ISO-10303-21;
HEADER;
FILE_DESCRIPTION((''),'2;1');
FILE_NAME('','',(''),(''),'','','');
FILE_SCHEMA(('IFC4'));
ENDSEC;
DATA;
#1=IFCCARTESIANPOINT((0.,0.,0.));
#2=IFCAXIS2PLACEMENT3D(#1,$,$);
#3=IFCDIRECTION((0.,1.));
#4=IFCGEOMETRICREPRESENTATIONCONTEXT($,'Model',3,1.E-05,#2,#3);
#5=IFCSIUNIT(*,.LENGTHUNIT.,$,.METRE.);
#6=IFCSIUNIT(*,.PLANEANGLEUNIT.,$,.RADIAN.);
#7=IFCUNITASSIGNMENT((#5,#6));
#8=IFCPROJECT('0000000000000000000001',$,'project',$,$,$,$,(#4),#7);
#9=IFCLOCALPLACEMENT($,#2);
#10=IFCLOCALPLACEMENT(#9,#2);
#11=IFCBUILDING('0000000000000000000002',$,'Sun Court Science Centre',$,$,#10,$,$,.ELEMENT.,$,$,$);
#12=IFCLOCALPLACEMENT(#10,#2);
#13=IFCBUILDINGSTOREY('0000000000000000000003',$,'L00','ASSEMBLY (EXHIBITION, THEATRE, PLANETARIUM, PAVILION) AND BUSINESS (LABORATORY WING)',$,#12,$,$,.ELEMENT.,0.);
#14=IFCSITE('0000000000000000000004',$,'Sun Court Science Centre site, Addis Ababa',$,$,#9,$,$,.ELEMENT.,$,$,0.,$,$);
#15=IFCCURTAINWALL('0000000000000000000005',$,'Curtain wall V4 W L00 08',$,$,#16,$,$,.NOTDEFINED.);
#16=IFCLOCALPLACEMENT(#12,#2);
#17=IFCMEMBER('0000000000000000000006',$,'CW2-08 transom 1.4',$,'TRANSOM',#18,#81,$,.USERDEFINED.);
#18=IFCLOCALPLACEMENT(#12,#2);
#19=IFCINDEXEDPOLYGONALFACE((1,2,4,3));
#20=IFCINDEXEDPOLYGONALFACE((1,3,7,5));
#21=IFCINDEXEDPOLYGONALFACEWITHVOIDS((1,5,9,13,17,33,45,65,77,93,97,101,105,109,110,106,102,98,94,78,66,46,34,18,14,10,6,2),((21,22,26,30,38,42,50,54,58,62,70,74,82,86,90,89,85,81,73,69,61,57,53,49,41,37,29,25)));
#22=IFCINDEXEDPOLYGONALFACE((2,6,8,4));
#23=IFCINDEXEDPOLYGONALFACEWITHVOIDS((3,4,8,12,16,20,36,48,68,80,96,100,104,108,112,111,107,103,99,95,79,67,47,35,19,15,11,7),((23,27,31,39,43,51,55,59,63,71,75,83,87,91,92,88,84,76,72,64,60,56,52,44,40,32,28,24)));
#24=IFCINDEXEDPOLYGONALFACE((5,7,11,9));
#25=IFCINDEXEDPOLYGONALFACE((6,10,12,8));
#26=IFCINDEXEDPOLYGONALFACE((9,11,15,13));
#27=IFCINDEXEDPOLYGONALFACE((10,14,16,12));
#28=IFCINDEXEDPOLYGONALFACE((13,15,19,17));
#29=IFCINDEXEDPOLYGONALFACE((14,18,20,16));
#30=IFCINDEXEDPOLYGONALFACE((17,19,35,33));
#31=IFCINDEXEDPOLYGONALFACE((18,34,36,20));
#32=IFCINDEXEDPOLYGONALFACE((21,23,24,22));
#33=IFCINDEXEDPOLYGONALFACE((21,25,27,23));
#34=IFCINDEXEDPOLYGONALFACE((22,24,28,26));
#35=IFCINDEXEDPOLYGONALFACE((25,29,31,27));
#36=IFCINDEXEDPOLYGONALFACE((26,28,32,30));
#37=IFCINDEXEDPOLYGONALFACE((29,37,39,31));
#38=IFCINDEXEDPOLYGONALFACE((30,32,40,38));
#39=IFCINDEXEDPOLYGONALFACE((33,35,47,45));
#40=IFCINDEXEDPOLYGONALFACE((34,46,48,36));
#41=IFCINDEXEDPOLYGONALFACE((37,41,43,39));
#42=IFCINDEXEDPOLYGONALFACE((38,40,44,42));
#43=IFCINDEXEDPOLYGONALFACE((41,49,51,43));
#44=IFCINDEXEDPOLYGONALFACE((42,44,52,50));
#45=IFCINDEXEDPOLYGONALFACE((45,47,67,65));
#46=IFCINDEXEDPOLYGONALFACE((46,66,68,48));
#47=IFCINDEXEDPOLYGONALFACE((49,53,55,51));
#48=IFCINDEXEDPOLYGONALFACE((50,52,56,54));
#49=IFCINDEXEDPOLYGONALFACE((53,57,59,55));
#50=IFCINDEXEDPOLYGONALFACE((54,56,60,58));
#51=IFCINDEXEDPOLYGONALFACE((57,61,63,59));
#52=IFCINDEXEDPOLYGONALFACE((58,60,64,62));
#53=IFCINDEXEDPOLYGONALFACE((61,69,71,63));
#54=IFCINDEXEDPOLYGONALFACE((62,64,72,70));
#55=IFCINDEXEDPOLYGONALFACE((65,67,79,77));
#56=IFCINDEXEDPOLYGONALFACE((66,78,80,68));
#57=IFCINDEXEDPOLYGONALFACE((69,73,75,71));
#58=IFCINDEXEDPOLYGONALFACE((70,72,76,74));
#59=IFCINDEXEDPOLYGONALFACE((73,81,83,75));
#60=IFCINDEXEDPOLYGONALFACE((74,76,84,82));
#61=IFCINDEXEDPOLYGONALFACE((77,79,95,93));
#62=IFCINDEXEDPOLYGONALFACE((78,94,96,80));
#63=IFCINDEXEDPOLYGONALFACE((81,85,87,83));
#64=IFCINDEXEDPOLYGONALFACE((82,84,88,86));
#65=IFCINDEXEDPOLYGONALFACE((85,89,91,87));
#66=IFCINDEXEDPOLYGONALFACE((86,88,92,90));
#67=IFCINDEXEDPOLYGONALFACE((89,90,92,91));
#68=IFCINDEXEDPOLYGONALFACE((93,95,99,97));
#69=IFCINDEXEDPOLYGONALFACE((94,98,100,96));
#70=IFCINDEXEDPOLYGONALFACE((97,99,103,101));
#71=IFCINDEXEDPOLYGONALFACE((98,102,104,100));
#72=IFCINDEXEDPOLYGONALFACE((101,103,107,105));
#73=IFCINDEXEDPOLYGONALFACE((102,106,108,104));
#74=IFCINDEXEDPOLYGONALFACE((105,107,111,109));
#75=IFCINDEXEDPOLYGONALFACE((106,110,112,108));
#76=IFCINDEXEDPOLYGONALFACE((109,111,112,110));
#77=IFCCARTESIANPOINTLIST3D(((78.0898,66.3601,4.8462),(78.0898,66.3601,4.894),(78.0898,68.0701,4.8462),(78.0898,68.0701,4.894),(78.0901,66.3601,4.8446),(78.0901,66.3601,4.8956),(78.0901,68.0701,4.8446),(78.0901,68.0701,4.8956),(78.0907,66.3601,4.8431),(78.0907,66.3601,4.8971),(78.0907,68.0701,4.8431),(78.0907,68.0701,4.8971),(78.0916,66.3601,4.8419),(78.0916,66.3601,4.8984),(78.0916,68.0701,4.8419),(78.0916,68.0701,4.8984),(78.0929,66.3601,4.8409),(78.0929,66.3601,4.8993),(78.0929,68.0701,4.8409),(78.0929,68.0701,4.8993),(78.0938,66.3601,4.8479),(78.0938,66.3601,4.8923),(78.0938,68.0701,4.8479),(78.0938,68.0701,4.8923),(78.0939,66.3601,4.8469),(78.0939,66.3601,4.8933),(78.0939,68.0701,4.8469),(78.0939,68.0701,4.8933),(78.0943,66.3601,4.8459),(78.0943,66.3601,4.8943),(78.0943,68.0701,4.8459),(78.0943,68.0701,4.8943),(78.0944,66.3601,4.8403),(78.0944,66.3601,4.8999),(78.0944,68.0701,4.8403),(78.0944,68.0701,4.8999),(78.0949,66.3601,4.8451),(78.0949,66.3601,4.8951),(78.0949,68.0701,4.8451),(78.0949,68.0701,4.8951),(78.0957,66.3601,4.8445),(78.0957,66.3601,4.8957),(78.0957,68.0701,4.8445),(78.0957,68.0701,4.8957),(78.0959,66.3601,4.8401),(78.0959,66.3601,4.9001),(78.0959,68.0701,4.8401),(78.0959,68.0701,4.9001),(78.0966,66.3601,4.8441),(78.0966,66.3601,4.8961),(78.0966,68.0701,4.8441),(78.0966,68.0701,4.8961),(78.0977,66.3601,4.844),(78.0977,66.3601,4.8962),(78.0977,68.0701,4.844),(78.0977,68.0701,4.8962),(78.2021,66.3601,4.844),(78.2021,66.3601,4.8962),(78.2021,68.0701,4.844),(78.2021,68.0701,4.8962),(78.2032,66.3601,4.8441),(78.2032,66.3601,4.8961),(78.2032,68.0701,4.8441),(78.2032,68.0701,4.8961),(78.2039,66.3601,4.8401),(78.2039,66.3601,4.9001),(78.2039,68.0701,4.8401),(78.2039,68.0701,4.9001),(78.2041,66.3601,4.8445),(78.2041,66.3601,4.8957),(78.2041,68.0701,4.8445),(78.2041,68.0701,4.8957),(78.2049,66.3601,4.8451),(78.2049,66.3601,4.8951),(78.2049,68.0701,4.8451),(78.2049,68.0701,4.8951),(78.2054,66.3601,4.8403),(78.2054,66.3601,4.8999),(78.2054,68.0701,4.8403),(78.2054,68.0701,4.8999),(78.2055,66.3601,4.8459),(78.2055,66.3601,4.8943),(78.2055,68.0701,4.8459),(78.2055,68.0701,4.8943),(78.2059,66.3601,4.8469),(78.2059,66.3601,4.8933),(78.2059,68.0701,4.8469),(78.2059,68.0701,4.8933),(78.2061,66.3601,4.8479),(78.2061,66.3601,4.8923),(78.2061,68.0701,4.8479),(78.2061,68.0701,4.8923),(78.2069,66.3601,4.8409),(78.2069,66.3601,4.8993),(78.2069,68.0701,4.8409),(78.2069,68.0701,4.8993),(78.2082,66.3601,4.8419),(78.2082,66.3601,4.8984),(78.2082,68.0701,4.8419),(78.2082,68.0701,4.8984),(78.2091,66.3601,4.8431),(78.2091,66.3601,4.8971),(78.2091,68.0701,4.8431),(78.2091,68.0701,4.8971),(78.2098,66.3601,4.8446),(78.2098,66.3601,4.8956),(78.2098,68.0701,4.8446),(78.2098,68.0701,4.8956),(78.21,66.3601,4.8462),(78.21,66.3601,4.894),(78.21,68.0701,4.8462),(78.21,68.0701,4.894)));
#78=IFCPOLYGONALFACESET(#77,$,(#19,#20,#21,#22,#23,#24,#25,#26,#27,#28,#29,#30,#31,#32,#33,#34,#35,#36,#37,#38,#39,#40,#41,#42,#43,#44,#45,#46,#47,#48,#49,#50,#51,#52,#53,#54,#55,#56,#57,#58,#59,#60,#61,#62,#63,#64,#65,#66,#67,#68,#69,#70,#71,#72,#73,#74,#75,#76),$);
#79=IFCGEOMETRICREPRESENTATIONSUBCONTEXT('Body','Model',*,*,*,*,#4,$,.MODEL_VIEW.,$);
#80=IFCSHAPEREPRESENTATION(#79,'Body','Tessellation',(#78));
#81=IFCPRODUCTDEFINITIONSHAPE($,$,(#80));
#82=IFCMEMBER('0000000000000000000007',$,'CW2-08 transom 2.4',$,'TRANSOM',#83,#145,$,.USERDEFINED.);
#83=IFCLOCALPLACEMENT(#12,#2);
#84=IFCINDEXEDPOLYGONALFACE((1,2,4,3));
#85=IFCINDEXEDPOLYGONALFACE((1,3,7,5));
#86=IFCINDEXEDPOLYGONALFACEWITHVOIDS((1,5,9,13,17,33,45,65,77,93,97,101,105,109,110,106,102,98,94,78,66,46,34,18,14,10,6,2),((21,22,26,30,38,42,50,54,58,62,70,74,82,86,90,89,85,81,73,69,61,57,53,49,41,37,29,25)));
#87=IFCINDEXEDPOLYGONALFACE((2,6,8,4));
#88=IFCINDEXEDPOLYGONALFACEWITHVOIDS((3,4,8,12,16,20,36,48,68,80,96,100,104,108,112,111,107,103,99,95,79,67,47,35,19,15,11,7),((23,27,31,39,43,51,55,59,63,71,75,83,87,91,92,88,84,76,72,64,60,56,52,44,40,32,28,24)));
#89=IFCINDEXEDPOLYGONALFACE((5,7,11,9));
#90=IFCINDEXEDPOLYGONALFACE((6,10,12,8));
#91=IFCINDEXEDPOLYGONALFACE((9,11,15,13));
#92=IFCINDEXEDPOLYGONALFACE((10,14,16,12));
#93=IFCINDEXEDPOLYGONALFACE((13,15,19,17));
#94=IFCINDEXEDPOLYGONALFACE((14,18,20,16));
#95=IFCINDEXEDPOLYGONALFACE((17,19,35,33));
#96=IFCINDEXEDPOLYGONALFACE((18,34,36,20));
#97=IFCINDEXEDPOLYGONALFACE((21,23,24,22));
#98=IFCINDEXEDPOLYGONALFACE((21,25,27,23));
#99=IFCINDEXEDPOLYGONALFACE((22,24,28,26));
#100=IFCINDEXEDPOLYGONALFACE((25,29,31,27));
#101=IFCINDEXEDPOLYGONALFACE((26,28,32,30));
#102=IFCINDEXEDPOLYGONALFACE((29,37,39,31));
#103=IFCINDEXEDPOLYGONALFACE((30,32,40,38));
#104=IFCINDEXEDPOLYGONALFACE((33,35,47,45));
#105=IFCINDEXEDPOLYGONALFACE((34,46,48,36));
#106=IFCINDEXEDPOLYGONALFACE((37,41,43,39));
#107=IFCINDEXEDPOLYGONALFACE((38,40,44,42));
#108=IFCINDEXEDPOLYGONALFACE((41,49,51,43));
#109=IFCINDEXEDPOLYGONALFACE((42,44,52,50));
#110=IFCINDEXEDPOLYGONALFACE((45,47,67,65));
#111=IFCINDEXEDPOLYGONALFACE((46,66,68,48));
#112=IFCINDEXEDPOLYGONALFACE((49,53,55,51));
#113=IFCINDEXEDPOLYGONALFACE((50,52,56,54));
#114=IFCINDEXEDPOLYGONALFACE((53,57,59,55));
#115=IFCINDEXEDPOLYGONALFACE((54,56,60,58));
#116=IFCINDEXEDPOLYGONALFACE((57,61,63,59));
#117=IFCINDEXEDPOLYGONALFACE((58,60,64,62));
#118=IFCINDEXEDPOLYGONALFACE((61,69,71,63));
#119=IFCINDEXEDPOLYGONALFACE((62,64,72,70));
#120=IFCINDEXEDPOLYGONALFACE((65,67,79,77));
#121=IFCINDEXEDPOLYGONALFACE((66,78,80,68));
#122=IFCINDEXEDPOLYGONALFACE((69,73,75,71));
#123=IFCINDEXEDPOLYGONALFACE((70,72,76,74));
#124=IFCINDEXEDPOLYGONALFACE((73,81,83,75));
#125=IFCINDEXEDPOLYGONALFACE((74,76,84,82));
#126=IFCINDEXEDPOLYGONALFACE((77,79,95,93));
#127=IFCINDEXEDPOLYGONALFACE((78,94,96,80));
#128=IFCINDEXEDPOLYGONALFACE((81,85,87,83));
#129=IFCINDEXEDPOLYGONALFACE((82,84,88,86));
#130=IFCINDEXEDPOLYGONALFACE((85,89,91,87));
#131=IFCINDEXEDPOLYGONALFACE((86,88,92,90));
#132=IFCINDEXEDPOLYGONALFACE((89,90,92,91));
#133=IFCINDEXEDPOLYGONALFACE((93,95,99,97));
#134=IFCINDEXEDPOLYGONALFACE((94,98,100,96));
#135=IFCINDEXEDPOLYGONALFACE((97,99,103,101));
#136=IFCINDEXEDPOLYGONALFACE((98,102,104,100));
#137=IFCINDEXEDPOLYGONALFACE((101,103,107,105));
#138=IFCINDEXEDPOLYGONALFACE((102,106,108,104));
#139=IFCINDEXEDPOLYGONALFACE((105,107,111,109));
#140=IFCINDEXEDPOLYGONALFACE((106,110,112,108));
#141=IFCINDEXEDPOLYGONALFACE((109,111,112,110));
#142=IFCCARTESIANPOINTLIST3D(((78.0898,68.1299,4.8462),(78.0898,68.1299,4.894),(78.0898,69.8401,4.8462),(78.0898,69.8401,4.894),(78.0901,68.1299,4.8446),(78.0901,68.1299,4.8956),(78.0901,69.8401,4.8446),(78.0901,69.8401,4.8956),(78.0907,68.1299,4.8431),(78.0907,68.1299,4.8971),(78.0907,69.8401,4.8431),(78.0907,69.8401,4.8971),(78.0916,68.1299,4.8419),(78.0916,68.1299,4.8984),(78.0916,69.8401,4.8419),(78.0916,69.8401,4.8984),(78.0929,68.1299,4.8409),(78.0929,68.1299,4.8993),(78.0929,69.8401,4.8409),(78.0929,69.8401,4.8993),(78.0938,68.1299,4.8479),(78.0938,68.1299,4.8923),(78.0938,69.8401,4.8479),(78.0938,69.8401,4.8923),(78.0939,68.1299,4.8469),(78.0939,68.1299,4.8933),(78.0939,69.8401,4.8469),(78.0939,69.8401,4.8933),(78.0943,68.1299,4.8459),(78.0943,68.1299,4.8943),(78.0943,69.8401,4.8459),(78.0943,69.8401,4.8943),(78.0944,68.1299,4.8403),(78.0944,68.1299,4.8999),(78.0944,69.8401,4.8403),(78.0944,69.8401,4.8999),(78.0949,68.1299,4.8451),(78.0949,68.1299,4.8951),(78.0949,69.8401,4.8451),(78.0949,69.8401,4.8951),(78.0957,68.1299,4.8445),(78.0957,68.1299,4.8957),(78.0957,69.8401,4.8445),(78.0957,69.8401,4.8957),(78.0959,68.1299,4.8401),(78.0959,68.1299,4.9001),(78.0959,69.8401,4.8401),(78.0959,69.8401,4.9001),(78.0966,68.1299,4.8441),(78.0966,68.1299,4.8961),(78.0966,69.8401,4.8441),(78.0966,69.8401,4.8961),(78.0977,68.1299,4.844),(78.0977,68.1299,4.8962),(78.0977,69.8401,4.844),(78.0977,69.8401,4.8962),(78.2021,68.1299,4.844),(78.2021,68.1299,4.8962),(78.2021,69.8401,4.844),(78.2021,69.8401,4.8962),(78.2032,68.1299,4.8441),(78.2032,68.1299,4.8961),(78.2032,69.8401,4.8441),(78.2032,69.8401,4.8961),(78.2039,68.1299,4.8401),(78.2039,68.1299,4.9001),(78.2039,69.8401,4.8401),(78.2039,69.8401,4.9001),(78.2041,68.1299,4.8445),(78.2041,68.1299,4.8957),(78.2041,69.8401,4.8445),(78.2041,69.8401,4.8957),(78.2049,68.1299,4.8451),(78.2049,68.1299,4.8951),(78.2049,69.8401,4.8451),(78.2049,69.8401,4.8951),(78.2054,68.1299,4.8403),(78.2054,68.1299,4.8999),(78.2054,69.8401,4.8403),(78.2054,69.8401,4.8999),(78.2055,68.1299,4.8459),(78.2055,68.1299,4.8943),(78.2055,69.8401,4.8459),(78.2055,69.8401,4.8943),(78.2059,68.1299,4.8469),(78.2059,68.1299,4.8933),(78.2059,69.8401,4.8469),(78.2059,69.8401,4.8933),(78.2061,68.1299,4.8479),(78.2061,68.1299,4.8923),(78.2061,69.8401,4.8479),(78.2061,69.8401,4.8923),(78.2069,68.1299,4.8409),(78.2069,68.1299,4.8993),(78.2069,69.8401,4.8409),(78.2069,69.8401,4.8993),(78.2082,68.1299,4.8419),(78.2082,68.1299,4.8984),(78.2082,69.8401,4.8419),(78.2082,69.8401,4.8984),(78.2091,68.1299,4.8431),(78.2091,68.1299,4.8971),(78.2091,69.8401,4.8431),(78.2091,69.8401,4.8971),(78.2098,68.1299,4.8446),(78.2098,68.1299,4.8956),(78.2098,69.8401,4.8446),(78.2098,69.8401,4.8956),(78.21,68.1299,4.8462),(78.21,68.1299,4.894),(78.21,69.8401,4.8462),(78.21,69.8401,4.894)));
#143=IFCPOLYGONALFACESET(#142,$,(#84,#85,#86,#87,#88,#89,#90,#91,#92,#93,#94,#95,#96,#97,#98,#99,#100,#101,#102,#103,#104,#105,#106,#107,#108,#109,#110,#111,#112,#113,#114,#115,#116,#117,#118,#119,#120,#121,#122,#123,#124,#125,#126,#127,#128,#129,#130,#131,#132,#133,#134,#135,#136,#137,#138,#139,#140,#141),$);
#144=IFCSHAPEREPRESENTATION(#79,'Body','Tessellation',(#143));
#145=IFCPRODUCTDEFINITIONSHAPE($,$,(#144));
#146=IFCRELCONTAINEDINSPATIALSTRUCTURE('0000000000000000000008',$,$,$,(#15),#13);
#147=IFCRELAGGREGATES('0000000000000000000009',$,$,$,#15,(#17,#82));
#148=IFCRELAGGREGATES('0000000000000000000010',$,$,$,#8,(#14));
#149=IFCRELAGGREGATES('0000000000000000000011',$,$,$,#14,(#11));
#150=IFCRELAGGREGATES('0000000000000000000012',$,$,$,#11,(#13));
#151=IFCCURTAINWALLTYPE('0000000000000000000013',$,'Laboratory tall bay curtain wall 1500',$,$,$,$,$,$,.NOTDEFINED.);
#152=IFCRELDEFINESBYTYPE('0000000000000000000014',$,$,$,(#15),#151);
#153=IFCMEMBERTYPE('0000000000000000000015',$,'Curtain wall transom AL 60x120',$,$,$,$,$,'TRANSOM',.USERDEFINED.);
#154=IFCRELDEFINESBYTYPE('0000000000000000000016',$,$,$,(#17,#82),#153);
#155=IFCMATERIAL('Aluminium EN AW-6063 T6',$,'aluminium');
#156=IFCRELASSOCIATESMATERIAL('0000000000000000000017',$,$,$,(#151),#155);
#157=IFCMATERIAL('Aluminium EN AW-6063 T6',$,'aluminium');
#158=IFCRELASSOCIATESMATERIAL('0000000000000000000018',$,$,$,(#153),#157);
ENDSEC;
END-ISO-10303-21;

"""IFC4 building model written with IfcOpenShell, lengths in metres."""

from ifc_helpers import new_model, si_unit, direction, frame, origin, origin_2d, place, context, subcontext, project, spatial, hollow_rectangle, extrude, material, material_profile, profile_set, type_object, element, aggregate, save


model = new_model("IFC4")

# Units and contexts
model_context = context("Model", 3, precision=1e-05, world=origin(), true_north=direction((0.0, 1.0)))
body_context = subcontext(model_context, "Body", "Model", "MODEL_VIEW")
ifc_project = project(units=[si_unit("LENGTHUNIT", "METRE"), si_unit("PLANEANGLEUNIT", "RADIAN")], contexts=[model_context])

# Site, building, storey
site_placement = place(None, origin())
site = spatial("IfcSite", under=ifc_project, at=site_placement, Name="Sun Court Science Centre site, Addis Ababa", CompositionType="ELEMENT", RefElevation=0.0)
building_placement = place(site_placement, origin())
building = spatial("IfcBuilding", under=site, at=building_placement, Name="Sun Court Science Centre", CompositionType="ELEMENT")
storey_placement = place(building_placement, origin())
storey = spatial("IfcBuildingStorey", under=building, at=storey_placement, Name="L00", Description="ASSEMBLY (EXHIBITION, THEATRE, PLANETARIUM, PAVILION) AND BUSINESS (LABORATORY WING)", CompositionType="ELEMENT", Elevation=0.0)

# Curtain wall
ifc_material_1 = material(Name="Aluminium EN AW-6063 T6", Category="aluminium")
curtain_wall_type = type_object("IfcCurtainWallType", Name="Laboratory tall bay curtain wall 1500", PredefinedType="NOTDEFINED", material=ifc_material_1)
curtain_wall_1_placement = place(storey_placement, origin())
curtain_wall_1 = element("IfcCurtainWall", 1, at=curtain_wall_1_placement, inside=storey, type_object=curtain_wall_type, Name="Curtain wall V4 W L00 08", PredefinedType="NOTDEFINED")

# Members
ifc_material_2 = material(Name="Aluminium EN AW-6063 T6", Category="aluminium")
ifc_material_profile_1 = material_profile(ifc_material_2, hollow_rectangle(XDim=0.0601, YDim=0.1201, WallThickness=0.0039, InnerFilletRadius=0.0039, OuterFilletRadius=0.0061, at=origin_2d()), Name="AL 60x120x4")
ifc_profile_set_1 = profile_set([ifc_material_profile_1], Name="Aluminium EN AW-6063 T6")
member_type_1 = type_object("IfcMemberType", Name="Curtain wall transom AL 60x120", ElementType="TRANSOM", PredefinedType="USERDEFINED", material=ifc_profile_set_1)
member_1_placement = place(storey_placement, frame((78.1499, 66.3601, 4.8701), z_axis=(0.0, 1.0, 0.0), x_axis=(0.0, 0.0, 1.0)))
member_1 = element("IfcMember", 2, at=member_1_placement, type_object=member_type_1, Name="CW2-08 transom 1.4", ObjectType="TRANSOM", PredefinedType="USERDEFINED", context=body_context, shape_type="SweptSolid", body=[
    extrude(hollow_rectangle(XDim=0.0601, YDim=0.1201, WallThickness=0.0039, InnerFilletRadius=0.0039, OuterFilletRadius=0.0061, at=origin_2d()), origin(), (0.0, 0.0, 1.0), 1.71),
])
member_2_placement = place(storey_placement, frame((78.1499, 68.1299, 4.8701), z_axis=(0.0, 1.0, 0.0), x_axis=(0.0, 0.0, 1.0)))
member_2 = element("IfcMember", 3, at=member_2_placement, type_object=member_type_1, Name="CW2-08 transom 2.4", ObjectType="TRANSOM", PredefinedType="USERDEFINED", context=body_context, shape_type="SweptSolid", body=[
    extrude(hollow_rectangle(XDim=0.0601, YDim=0.1201, WallThickness=0.0039, InnerFilletRadius=0.0039, OuterFilletRadius=0.0061, at=origin_2d()), origin(), (0.0, 0.0, 1.0), 1.7102),
])

aggregate(curtain_wall_1, [member_1, member_2])

save(model, "model.ifc")
